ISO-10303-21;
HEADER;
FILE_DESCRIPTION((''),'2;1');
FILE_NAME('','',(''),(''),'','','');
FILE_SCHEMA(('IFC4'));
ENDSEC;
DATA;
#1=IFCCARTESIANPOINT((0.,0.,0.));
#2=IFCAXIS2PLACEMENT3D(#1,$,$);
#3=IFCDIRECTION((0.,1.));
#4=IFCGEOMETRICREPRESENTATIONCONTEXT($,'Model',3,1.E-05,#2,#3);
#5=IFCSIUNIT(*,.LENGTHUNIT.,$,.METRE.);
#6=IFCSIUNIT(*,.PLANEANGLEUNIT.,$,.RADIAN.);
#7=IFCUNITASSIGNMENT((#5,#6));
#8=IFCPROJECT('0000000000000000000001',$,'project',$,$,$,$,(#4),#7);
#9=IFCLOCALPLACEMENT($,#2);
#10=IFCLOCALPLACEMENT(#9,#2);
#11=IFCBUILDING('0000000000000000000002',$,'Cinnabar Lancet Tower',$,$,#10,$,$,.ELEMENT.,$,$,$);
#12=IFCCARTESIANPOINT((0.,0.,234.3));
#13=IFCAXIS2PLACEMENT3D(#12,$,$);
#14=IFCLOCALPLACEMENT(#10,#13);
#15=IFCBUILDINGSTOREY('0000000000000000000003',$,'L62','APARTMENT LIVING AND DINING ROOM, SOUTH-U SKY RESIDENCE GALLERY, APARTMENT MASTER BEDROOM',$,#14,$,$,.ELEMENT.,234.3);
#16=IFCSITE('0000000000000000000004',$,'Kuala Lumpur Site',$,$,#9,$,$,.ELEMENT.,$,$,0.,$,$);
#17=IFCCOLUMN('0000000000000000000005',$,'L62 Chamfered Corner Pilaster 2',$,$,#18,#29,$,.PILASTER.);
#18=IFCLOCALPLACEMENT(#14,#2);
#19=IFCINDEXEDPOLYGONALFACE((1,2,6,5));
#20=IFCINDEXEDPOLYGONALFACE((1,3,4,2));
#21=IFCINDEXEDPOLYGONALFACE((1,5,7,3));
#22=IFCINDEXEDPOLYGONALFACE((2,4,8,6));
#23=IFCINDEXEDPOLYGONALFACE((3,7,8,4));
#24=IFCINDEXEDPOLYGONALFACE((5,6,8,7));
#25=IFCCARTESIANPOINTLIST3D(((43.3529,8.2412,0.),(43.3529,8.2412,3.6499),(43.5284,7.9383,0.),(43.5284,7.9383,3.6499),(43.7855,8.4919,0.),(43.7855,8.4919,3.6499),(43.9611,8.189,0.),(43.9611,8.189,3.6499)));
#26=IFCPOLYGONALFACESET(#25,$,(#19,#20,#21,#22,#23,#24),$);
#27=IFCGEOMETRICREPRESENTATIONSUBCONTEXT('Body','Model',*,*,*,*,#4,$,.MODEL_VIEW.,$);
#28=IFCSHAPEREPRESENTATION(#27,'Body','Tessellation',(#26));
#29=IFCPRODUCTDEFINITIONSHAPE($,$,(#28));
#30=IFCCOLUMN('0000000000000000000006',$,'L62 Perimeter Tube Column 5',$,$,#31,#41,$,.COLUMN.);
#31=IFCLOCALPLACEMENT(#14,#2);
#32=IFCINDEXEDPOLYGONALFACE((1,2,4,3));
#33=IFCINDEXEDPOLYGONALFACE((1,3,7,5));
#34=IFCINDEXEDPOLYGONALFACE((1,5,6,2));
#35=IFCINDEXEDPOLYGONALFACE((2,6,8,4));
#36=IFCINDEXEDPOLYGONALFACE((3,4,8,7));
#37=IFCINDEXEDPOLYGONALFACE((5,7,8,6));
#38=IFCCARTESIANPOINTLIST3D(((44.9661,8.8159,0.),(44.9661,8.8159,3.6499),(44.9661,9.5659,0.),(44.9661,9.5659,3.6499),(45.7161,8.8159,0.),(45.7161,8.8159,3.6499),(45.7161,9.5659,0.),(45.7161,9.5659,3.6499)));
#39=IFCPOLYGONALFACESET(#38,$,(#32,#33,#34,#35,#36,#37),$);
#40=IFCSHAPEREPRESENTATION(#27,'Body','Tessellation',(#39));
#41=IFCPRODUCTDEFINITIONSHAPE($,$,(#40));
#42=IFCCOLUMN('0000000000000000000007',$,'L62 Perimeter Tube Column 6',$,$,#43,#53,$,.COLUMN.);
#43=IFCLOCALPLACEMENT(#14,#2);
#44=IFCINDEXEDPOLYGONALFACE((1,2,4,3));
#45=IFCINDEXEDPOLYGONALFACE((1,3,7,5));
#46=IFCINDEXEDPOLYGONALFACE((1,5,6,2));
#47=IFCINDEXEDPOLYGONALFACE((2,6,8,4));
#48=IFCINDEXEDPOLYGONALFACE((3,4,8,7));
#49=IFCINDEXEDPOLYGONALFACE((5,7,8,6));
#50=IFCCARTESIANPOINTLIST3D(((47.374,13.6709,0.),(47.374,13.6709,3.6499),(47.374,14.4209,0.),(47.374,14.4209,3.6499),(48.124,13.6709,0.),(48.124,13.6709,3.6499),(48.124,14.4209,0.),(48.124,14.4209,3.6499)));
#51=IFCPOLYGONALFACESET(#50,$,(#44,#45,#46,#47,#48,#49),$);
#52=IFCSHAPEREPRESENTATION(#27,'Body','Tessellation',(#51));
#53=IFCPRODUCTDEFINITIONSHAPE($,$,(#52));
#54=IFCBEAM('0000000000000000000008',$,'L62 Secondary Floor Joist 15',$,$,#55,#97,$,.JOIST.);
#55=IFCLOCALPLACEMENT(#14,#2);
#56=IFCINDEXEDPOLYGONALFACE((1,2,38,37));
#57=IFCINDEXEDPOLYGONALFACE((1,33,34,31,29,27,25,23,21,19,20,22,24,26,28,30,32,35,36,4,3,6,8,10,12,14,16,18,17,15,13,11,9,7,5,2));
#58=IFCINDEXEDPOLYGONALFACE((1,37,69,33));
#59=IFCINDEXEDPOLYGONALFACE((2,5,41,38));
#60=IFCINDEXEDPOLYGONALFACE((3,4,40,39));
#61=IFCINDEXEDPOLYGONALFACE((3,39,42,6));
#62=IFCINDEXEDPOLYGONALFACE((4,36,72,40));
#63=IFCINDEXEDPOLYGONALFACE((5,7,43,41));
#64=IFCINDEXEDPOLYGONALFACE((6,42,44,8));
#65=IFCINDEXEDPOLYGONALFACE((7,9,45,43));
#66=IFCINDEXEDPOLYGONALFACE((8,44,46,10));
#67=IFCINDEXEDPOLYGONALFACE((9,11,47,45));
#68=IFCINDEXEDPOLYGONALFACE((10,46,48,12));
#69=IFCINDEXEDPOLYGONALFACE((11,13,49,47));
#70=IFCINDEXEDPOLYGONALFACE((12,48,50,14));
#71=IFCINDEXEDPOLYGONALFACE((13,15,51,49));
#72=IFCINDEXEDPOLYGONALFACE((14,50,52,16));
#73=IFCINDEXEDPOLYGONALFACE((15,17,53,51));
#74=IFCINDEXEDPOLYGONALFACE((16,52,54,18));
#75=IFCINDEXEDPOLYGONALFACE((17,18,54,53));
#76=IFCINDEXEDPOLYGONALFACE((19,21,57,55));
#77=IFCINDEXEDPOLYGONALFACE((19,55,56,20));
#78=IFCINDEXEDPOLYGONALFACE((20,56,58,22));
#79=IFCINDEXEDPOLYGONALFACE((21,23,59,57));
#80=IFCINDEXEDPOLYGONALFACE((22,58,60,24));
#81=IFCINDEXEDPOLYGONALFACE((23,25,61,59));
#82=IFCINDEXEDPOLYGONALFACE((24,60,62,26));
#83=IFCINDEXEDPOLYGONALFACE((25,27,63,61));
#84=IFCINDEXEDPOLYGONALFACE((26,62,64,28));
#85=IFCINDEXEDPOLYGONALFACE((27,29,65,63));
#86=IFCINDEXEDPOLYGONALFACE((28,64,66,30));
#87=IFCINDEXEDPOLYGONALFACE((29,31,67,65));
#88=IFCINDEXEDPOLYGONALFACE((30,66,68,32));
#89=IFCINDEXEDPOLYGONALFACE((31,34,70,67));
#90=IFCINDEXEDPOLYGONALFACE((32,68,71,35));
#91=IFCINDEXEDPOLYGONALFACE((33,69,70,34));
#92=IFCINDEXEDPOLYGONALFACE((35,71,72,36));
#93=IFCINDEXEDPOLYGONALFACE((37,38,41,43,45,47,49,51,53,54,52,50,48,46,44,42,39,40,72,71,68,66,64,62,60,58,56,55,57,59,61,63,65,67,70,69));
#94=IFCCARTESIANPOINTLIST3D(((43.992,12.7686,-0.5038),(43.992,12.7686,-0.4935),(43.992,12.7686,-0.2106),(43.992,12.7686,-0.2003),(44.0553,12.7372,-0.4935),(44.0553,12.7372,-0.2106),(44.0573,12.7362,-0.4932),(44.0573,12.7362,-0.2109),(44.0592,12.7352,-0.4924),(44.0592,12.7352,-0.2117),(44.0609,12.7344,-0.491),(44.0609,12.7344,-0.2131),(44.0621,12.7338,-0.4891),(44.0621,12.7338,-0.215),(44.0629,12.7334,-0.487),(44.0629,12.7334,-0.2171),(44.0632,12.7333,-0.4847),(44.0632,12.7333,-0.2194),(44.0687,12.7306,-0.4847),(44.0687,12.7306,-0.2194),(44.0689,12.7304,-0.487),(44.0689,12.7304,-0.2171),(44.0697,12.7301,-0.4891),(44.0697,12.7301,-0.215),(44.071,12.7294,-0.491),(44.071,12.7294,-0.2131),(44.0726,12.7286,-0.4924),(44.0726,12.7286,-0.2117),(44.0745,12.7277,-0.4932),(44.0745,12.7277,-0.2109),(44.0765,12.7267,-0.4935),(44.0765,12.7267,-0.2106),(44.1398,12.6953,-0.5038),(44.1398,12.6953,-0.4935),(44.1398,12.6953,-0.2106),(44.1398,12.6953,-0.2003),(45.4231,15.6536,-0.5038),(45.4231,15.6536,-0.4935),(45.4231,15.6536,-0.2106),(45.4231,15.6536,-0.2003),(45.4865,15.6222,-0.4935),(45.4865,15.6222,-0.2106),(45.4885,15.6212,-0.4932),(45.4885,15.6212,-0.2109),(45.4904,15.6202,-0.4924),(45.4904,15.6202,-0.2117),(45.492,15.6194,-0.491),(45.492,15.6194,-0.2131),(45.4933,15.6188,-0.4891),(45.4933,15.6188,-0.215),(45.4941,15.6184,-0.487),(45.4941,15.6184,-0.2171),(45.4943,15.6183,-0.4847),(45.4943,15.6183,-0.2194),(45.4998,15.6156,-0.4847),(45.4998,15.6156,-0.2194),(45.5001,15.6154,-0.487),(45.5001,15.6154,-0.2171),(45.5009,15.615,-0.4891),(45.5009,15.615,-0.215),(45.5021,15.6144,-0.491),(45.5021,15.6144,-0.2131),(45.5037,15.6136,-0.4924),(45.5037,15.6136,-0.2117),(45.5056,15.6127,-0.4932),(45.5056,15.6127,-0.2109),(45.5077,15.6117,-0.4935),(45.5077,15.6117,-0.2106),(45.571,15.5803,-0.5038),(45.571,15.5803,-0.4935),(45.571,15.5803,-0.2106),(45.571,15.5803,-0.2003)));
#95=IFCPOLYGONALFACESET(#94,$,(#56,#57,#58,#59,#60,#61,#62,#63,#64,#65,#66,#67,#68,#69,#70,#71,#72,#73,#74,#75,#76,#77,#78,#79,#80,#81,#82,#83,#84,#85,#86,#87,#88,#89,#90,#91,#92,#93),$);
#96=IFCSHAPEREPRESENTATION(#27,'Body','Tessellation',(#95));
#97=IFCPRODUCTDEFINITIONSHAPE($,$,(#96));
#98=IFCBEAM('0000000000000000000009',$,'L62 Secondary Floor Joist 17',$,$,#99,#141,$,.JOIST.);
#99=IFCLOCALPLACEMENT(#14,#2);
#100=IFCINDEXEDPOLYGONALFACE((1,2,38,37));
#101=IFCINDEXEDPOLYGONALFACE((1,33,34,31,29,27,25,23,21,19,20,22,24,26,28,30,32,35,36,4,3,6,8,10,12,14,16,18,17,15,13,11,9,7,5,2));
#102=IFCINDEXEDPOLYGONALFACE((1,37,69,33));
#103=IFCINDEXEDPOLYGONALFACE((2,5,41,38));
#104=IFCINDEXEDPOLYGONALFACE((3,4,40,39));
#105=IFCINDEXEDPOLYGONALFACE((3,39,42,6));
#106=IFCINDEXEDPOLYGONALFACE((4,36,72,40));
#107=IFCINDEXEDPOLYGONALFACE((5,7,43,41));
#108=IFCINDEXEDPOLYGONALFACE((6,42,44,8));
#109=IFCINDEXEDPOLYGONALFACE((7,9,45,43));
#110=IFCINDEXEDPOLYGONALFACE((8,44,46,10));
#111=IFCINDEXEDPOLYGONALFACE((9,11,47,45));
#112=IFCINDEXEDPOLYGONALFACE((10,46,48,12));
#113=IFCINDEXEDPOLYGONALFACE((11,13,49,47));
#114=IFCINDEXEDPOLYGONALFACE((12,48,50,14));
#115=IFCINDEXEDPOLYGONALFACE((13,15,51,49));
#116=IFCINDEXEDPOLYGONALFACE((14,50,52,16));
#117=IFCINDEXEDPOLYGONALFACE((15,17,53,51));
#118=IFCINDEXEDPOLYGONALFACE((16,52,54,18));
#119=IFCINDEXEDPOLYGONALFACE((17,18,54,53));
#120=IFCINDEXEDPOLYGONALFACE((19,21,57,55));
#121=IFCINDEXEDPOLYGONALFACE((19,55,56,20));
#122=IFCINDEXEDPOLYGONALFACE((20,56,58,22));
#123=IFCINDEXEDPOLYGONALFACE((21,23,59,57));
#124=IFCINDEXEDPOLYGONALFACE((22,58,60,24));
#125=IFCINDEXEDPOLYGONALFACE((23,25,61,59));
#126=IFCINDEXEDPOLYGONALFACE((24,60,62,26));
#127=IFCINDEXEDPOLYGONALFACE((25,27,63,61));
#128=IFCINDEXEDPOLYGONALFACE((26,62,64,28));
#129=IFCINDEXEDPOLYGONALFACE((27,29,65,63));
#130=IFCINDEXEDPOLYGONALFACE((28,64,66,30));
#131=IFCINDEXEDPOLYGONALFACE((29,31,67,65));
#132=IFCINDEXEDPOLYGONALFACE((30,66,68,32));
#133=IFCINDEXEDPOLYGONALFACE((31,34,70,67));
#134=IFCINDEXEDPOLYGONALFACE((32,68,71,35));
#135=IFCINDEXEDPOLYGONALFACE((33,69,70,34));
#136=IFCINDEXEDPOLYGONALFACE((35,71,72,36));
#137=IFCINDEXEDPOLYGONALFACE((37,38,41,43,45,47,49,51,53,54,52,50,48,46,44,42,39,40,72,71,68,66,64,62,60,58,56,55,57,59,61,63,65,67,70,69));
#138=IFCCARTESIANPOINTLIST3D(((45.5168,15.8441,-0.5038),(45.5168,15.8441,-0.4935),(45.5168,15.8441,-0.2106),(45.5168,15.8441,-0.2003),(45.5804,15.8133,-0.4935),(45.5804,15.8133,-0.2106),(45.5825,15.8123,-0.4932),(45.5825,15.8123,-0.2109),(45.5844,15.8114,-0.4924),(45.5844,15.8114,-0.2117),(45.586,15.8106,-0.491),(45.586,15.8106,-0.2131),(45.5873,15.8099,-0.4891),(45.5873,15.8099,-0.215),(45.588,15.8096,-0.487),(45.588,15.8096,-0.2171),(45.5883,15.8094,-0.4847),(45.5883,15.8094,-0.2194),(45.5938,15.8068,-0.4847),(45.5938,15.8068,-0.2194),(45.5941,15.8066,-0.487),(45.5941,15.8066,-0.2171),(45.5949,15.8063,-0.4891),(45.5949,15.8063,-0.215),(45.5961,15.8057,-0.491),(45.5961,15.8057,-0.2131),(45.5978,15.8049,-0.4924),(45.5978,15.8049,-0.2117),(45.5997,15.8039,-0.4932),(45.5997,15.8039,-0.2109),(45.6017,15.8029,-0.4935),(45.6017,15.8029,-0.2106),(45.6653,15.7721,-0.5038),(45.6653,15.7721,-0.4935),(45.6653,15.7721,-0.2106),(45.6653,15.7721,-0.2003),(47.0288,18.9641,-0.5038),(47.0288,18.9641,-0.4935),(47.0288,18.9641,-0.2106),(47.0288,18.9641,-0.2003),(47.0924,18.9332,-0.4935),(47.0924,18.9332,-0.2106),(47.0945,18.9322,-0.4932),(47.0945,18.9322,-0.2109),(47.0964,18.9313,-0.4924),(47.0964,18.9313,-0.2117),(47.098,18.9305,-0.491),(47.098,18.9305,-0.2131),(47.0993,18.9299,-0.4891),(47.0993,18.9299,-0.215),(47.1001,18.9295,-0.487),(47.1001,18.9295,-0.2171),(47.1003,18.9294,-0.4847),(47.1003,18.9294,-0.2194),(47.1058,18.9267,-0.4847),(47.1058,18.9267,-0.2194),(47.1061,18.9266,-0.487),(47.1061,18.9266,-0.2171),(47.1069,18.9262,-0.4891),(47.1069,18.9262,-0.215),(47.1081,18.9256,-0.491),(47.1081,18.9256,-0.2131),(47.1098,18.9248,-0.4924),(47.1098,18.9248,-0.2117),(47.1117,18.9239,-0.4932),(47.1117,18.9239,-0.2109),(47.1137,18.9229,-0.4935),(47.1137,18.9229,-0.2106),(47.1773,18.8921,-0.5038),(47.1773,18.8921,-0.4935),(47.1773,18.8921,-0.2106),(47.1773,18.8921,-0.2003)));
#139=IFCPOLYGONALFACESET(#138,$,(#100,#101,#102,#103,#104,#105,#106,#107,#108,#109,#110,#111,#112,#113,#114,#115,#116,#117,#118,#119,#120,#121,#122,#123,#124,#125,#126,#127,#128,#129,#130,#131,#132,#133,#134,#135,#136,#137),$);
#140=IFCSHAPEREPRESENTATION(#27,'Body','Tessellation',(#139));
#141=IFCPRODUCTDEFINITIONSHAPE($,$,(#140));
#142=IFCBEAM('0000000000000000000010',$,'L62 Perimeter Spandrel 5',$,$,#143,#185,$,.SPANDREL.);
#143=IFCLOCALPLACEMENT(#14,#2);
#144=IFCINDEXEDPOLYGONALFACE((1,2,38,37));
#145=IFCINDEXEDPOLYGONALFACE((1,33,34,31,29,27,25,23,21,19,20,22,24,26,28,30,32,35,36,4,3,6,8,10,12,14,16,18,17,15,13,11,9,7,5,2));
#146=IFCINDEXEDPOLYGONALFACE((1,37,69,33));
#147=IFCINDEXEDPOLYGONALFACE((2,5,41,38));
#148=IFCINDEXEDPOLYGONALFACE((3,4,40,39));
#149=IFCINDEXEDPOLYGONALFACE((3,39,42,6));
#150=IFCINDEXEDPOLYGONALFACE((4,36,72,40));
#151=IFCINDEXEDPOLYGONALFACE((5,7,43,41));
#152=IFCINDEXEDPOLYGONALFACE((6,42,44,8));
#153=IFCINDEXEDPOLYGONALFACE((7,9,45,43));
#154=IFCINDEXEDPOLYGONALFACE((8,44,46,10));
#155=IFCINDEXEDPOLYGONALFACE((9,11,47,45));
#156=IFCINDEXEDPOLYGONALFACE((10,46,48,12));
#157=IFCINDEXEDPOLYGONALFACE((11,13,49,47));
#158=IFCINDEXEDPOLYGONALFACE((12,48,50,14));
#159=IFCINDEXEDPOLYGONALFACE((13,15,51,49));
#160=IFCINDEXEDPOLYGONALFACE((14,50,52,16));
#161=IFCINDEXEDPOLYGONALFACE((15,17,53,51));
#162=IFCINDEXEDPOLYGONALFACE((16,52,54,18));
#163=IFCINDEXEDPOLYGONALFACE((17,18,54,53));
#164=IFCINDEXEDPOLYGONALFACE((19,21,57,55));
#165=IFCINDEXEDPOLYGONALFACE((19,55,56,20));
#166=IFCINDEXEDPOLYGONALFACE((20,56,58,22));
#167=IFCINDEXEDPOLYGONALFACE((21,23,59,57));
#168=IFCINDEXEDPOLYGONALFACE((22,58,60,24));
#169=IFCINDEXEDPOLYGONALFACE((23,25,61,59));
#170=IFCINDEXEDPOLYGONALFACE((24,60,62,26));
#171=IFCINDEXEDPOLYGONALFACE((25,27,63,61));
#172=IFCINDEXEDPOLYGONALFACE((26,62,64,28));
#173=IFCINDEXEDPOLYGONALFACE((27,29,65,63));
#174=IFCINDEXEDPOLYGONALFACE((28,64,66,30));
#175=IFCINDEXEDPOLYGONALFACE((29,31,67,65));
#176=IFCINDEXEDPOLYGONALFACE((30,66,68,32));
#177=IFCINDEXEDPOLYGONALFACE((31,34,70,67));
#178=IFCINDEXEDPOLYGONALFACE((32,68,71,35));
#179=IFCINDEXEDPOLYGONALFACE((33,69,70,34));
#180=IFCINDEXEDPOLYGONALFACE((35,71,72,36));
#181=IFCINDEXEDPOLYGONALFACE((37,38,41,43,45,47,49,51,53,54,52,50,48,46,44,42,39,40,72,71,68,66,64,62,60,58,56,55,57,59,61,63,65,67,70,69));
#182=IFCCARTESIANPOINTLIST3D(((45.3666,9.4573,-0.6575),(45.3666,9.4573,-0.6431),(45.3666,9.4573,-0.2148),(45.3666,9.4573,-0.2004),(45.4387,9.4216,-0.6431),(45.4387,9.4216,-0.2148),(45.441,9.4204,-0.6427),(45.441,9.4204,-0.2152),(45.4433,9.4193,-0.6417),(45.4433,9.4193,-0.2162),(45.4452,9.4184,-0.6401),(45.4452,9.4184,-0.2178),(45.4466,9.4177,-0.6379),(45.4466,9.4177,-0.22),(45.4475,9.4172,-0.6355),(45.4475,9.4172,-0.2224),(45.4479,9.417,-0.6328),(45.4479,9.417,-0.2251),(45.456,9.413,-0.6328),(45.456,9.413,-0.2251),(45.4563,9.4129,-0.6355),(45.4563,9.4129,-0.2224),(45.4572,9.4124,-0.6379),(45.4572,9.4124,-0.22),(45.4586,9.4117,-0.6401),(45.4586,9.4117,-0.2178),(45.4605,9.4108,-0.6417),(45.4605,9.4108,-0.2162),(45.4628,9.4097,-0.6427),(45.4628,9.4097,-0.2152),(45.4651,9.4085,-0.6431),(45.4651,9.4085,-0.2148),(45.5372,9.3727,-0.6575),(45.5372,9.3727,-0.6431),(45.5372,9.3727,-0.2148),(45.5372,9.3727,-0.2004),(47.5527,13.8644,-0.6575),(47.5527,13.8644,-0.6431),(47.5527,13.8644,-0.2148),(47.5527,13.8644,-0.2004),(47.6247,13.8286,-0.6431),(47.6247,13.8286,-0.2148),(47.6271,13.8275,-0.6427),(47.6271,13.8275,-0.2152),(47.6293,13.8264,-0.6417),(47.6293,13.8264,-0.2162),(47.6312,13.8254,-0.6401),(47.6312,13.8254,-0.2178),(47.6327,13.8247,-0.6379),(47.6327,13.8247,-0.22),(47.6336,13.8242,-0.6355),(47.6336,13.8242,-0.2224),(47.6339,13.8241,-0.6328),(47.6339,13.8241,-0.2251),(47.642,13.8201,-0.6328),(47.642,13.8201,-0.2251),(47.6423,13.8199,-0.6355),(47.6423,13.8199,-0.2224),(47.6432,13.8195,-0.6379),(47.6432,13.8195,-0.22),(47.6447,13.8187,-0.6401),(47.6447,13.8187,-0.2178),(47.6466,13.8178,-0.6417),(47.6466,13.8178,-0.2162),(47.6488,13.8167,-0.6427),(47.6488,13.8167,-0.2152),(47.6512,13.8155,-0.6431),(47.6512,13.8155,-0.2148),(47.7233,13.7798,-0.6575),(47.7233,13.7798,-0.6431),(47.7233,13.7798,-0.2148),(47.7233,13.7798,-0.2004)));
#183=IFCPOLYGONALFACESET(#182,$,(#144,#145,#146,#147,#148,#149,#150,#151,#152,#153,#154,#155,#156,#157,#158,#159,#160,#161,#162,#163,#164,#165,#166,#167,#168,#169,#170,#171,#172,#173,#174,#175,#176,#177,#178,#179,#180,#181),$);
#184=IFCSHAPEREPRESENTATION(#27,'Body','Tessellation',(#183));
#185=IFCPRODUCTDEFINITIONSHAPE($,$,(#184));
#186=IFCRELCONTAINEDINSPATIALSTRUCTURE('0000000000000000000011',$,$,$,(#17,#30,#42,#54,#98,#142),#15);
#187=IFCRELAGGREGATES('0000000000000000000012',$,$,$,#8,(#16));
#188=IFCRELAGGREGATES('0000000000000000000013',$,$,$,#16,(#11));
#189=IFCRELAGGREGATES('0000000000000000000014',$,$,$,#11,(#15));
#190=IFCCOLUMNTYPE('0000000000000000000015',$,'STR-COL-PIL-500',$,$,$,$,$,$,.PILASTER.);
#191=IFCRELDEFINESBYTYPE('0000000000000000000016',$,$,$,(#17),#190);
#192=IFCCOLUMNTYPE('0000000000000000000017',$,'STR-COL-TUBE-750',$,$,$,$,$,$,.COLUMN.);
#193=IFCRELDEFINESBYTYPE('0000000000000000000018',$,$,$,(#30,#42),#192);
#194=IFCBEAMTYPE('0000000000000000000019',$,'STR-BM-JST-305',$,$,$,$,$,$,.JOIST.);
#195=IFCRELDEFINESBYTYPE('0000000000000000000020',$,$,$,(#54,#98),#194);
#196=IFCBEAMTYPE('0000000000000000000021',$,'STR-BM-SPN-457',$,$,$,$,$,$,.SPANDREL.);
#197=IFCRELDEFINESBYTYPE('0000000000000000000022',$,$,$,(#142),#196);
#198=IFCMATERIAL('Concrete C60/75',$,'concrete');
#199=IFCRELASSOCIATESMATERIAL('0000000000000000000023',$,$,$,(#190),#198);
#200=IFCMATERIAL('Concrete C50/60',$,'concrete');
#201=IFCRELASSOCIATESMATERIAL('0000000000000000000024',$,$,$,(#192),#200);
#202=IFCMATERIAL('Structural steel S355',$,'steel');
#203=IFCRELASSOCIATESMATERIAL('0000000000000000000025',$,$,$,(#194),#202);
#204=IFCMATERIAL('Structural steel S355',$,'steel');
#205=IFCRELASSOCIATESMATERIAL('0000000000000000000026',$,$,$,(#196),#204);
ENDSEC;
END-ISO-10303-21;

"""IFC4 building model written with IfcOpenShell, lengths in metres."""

from ifc_helpers import new_model, si_unit, direction, frame, origin, origin_2d, place, context, subcontext, project, spatial, rectangle, i_section, extrude, material, material_profile, profile_set, type_object, element, save


model = new_model("IFC4")

# Units and contexts
model_context = context("Model", 3, precision=1e-05, world=origin(), true_north=direction((0.0, 1.0)))
body_context = subcontext(model_context, "Body", "Model", "MODEL_VIEW")
ifc_project = project(units=[si_unit("LENGTHUNIT", "METRE"), si_unit("PLANEANGLEUNIT", "RADIAN")], contexts=[model_context])

# Site, building, storey
site_placement = place(None, origin())
site = spatial("IfcSite", under=ifc_project, at=site_placement, Name="Kuala Lumpur Site", CompositionType="ELEMENT", RefElevation=0.0)
building_placement = place(site_placement, origin())
building = spatial("IfcBuilding", under=site, at=building_placement, Name="Cinnabar Lancet Tower", CompositionType="ELEMENT")
storey_placement = place(building_placement, frame((0.0, 0.0, 234.3)))
storey = spatial("IfcBuildingStorey", under=building, at=storey_placement, Name="L62", Description="APARTMENT LIVING AND DINING ROOM, SOUTH-U SKY RESIDENCE GALLERY, APARTMENT MASTER BEDROOM", CompositionType="ELEMENT", Elevation=234.3)

# Columns
ifc_material_1 = material(Name="Concrete C60/75", Category="concrete")
ifc_material_profile_1 = material_profile(ifc_material_1, rectangle(XDim=0.5, YDim=0.3501, at=origin_2d()), Name="RC-PIL 500x350")
ifc_profile_set_1 = profile_set([ifc_material_profile_1], Name="Concrete C60/75")
column_type_1 = type_object("IfcColumnType", Name="STR-COL-PIL-500", PredefinedType="PILASTER", material=ifc_profile_set_1)
column_placement = place(storey_placement, frame((43.657, 8.2151, 0.0), z_axis=(0.0, 0.0, 1.0), x_axis=(0.865256, 0.50133, 0.0)))
element("IfcColumn", 1, at=column_placement, inside=storey, type_object=column_type_1, Name="L62 Chamfered Corner Pilaster 2", PredefinedType="PILASTER", context=body_context, shape_type="SweptSolid", body=[
    extrude(rectangle(XDim=0.5, YDim=0.3501, at=origin_2d()), origin(), (0.0, 0.0, 1.0), 3.6499),
])
ifc_material_2 = material(Name="Concrete C50/60", Category="concrete")
ifc_material_profile_2 = material_profile(ifc_material_2, rectangle(XDim=0.75, YDim=0.75, at=origin_2d()), Name="RC-COL 750x750")
ifc_profile_set_2 = profile_set([ifc_material_profile_2], Name="Concrete C50/60")
column_type_2 = type_object("IfcColumnType", Name="STR-COL-TUBE-750", PredefinedType="COLUMN", material=ifc_profile_set_2)
for number, where, z_axis, x_axis, name in (
    (2, (45.3411, 9.1909, 0.0), (0.0, 0.0, 1.0), (1.0, 0.0, 0.0), "L62 Perimeter Tube Column 5"),
    (3, (47.749, 14.0459, 0.0), (0.0, 0.0, 1.0), (1.0, 0.0, 0.0), "L62 Perimeter Tube Column 6"),
):
    element("IfcColumn", number, at=place(storey_placement, frame(where, z_axis=z_axis, x_axis=x_axis)), inside=storey, type_object=column_type_2, Name=name, PredefinedType="COLUMN", context=body_context, shape_type="SweptSolid", body=[
        extrude(rectangle(XDim=0.75, YDim=0.75, at=origin_2d()), origin(), (0.0, 0.0, 1.0), 3.6499),
    ])

# Beams
ifc_material_3 = material(Name="Structural steel S355", Category="steel")
ifc_material_profile_3 = material_profile(ifc_material_3, i_section(OverallWidth=0.165, OverallDepth=0.3035, WebThickness=0.0061, FlangeThickness=0.0103, FilletRadius=0.0088, at=origin_2d()), Name="UKB 305x165x40")
ifc_profile_set_3 = profile_set([ifc_material_profile_3], Name="Structural steel S355")
beam_type_1 = type_object("IfcBeamType", Name="STR-BM-JST-305", PredefinedType="JOIST", material=ifc_profile_set_3)
beam_1_placement = place(storey_placement, frame((44.0659, 12.7319, -0.3521), z_axis=(0.444391, 0.895833, 0.0), x_axis=(-0.895833, 0.444391, 0.0)))
element("IfcBeam", 4, at=beam_1_placement, inside=storey, type_object=beam_type_1, Name="L62 Secondary Floor Joist 15", PredefinedType="JOIST", context=body_context, shape_type="SweptSolid", body=[
    extrude(i_section(OverallWidth=0.165, OverallDepth=0.3035, WebThickness=0.0061, FlangeThickness=0.0103, FilletRadius=0.0088, at=origin_2d()), origin(), (0.0, 0.0, 1.0), 3.2205),
])
beam_2_placement = place(storey_placement, frame((45.5911, 15.8081, -0.3521), z_axis=(0.436109, 0.899894, 0.0), x_axis=(-0.899894, 0.436109, 0.0)))
element("IfcBeam", 5, at=beam_2_placement, inside=storey, type_object=beam_type_1, Name="L62 Secondary Floor Joist 17", PredefinedType="JOIST", context=body_context, shape_type="SweptSolid", body=[
    extrude(i_section(OverallWidth=0.165, OverallDepth=0.3035, WebThickness=0.0061, FlangeThickness=0.0103, FilletRadius=0.0088, at=origin_2d()), origin(), (0.0, 0.0, 1.0), 3.467),
])
ifc_material_4 = material(Name="Structural steel S355", Category="steel")
ifc_material_profile_4 = material_profile(ifc_material_4, i_section(OverallWidth=0.1904, OverallDepth=0.457, WebThickness=0.009, FlangeThickness=0.0144, FilletRadius=0.0103, at=origin_2d()), Name="UKB 457x191x74")
ifc_profile_set_4 = profile_set([ifc_material_profile_4], Name="Structural steel S355")
beam_type_2 = type_object("IfcBeamType", Name="STR-BM-SPN-457", PredefinedType="SPANDREL", material=ifc_profile_set_4)
beam_3_placement = place(storey_placement, frame((45.4519, 9.415, -0.429), z_axis=(0.444373, 0.895842, 0.0), x_axis=(-0.895842, 0.444373, 0.0)))
element("IfcBeam", 6, at=beam_3_placement, inside=storey, type_object=beam_type_2, Name="L62 Perimeter Spandrel 5", PredefinedType="SPANDREL", context=body_context, shape_type="SweptSolid", body=[
    extrude(i_section(OverallWidth=0.1904, OverallDepth=0.457, WebThickness=0.009, FlangeThickness=0.0144, FilletRadius=0.0103, at=origin_2d()), origin(), (0.0, 0.0, 1.0), 4.9194),
])

save(model, "model.ifc")
